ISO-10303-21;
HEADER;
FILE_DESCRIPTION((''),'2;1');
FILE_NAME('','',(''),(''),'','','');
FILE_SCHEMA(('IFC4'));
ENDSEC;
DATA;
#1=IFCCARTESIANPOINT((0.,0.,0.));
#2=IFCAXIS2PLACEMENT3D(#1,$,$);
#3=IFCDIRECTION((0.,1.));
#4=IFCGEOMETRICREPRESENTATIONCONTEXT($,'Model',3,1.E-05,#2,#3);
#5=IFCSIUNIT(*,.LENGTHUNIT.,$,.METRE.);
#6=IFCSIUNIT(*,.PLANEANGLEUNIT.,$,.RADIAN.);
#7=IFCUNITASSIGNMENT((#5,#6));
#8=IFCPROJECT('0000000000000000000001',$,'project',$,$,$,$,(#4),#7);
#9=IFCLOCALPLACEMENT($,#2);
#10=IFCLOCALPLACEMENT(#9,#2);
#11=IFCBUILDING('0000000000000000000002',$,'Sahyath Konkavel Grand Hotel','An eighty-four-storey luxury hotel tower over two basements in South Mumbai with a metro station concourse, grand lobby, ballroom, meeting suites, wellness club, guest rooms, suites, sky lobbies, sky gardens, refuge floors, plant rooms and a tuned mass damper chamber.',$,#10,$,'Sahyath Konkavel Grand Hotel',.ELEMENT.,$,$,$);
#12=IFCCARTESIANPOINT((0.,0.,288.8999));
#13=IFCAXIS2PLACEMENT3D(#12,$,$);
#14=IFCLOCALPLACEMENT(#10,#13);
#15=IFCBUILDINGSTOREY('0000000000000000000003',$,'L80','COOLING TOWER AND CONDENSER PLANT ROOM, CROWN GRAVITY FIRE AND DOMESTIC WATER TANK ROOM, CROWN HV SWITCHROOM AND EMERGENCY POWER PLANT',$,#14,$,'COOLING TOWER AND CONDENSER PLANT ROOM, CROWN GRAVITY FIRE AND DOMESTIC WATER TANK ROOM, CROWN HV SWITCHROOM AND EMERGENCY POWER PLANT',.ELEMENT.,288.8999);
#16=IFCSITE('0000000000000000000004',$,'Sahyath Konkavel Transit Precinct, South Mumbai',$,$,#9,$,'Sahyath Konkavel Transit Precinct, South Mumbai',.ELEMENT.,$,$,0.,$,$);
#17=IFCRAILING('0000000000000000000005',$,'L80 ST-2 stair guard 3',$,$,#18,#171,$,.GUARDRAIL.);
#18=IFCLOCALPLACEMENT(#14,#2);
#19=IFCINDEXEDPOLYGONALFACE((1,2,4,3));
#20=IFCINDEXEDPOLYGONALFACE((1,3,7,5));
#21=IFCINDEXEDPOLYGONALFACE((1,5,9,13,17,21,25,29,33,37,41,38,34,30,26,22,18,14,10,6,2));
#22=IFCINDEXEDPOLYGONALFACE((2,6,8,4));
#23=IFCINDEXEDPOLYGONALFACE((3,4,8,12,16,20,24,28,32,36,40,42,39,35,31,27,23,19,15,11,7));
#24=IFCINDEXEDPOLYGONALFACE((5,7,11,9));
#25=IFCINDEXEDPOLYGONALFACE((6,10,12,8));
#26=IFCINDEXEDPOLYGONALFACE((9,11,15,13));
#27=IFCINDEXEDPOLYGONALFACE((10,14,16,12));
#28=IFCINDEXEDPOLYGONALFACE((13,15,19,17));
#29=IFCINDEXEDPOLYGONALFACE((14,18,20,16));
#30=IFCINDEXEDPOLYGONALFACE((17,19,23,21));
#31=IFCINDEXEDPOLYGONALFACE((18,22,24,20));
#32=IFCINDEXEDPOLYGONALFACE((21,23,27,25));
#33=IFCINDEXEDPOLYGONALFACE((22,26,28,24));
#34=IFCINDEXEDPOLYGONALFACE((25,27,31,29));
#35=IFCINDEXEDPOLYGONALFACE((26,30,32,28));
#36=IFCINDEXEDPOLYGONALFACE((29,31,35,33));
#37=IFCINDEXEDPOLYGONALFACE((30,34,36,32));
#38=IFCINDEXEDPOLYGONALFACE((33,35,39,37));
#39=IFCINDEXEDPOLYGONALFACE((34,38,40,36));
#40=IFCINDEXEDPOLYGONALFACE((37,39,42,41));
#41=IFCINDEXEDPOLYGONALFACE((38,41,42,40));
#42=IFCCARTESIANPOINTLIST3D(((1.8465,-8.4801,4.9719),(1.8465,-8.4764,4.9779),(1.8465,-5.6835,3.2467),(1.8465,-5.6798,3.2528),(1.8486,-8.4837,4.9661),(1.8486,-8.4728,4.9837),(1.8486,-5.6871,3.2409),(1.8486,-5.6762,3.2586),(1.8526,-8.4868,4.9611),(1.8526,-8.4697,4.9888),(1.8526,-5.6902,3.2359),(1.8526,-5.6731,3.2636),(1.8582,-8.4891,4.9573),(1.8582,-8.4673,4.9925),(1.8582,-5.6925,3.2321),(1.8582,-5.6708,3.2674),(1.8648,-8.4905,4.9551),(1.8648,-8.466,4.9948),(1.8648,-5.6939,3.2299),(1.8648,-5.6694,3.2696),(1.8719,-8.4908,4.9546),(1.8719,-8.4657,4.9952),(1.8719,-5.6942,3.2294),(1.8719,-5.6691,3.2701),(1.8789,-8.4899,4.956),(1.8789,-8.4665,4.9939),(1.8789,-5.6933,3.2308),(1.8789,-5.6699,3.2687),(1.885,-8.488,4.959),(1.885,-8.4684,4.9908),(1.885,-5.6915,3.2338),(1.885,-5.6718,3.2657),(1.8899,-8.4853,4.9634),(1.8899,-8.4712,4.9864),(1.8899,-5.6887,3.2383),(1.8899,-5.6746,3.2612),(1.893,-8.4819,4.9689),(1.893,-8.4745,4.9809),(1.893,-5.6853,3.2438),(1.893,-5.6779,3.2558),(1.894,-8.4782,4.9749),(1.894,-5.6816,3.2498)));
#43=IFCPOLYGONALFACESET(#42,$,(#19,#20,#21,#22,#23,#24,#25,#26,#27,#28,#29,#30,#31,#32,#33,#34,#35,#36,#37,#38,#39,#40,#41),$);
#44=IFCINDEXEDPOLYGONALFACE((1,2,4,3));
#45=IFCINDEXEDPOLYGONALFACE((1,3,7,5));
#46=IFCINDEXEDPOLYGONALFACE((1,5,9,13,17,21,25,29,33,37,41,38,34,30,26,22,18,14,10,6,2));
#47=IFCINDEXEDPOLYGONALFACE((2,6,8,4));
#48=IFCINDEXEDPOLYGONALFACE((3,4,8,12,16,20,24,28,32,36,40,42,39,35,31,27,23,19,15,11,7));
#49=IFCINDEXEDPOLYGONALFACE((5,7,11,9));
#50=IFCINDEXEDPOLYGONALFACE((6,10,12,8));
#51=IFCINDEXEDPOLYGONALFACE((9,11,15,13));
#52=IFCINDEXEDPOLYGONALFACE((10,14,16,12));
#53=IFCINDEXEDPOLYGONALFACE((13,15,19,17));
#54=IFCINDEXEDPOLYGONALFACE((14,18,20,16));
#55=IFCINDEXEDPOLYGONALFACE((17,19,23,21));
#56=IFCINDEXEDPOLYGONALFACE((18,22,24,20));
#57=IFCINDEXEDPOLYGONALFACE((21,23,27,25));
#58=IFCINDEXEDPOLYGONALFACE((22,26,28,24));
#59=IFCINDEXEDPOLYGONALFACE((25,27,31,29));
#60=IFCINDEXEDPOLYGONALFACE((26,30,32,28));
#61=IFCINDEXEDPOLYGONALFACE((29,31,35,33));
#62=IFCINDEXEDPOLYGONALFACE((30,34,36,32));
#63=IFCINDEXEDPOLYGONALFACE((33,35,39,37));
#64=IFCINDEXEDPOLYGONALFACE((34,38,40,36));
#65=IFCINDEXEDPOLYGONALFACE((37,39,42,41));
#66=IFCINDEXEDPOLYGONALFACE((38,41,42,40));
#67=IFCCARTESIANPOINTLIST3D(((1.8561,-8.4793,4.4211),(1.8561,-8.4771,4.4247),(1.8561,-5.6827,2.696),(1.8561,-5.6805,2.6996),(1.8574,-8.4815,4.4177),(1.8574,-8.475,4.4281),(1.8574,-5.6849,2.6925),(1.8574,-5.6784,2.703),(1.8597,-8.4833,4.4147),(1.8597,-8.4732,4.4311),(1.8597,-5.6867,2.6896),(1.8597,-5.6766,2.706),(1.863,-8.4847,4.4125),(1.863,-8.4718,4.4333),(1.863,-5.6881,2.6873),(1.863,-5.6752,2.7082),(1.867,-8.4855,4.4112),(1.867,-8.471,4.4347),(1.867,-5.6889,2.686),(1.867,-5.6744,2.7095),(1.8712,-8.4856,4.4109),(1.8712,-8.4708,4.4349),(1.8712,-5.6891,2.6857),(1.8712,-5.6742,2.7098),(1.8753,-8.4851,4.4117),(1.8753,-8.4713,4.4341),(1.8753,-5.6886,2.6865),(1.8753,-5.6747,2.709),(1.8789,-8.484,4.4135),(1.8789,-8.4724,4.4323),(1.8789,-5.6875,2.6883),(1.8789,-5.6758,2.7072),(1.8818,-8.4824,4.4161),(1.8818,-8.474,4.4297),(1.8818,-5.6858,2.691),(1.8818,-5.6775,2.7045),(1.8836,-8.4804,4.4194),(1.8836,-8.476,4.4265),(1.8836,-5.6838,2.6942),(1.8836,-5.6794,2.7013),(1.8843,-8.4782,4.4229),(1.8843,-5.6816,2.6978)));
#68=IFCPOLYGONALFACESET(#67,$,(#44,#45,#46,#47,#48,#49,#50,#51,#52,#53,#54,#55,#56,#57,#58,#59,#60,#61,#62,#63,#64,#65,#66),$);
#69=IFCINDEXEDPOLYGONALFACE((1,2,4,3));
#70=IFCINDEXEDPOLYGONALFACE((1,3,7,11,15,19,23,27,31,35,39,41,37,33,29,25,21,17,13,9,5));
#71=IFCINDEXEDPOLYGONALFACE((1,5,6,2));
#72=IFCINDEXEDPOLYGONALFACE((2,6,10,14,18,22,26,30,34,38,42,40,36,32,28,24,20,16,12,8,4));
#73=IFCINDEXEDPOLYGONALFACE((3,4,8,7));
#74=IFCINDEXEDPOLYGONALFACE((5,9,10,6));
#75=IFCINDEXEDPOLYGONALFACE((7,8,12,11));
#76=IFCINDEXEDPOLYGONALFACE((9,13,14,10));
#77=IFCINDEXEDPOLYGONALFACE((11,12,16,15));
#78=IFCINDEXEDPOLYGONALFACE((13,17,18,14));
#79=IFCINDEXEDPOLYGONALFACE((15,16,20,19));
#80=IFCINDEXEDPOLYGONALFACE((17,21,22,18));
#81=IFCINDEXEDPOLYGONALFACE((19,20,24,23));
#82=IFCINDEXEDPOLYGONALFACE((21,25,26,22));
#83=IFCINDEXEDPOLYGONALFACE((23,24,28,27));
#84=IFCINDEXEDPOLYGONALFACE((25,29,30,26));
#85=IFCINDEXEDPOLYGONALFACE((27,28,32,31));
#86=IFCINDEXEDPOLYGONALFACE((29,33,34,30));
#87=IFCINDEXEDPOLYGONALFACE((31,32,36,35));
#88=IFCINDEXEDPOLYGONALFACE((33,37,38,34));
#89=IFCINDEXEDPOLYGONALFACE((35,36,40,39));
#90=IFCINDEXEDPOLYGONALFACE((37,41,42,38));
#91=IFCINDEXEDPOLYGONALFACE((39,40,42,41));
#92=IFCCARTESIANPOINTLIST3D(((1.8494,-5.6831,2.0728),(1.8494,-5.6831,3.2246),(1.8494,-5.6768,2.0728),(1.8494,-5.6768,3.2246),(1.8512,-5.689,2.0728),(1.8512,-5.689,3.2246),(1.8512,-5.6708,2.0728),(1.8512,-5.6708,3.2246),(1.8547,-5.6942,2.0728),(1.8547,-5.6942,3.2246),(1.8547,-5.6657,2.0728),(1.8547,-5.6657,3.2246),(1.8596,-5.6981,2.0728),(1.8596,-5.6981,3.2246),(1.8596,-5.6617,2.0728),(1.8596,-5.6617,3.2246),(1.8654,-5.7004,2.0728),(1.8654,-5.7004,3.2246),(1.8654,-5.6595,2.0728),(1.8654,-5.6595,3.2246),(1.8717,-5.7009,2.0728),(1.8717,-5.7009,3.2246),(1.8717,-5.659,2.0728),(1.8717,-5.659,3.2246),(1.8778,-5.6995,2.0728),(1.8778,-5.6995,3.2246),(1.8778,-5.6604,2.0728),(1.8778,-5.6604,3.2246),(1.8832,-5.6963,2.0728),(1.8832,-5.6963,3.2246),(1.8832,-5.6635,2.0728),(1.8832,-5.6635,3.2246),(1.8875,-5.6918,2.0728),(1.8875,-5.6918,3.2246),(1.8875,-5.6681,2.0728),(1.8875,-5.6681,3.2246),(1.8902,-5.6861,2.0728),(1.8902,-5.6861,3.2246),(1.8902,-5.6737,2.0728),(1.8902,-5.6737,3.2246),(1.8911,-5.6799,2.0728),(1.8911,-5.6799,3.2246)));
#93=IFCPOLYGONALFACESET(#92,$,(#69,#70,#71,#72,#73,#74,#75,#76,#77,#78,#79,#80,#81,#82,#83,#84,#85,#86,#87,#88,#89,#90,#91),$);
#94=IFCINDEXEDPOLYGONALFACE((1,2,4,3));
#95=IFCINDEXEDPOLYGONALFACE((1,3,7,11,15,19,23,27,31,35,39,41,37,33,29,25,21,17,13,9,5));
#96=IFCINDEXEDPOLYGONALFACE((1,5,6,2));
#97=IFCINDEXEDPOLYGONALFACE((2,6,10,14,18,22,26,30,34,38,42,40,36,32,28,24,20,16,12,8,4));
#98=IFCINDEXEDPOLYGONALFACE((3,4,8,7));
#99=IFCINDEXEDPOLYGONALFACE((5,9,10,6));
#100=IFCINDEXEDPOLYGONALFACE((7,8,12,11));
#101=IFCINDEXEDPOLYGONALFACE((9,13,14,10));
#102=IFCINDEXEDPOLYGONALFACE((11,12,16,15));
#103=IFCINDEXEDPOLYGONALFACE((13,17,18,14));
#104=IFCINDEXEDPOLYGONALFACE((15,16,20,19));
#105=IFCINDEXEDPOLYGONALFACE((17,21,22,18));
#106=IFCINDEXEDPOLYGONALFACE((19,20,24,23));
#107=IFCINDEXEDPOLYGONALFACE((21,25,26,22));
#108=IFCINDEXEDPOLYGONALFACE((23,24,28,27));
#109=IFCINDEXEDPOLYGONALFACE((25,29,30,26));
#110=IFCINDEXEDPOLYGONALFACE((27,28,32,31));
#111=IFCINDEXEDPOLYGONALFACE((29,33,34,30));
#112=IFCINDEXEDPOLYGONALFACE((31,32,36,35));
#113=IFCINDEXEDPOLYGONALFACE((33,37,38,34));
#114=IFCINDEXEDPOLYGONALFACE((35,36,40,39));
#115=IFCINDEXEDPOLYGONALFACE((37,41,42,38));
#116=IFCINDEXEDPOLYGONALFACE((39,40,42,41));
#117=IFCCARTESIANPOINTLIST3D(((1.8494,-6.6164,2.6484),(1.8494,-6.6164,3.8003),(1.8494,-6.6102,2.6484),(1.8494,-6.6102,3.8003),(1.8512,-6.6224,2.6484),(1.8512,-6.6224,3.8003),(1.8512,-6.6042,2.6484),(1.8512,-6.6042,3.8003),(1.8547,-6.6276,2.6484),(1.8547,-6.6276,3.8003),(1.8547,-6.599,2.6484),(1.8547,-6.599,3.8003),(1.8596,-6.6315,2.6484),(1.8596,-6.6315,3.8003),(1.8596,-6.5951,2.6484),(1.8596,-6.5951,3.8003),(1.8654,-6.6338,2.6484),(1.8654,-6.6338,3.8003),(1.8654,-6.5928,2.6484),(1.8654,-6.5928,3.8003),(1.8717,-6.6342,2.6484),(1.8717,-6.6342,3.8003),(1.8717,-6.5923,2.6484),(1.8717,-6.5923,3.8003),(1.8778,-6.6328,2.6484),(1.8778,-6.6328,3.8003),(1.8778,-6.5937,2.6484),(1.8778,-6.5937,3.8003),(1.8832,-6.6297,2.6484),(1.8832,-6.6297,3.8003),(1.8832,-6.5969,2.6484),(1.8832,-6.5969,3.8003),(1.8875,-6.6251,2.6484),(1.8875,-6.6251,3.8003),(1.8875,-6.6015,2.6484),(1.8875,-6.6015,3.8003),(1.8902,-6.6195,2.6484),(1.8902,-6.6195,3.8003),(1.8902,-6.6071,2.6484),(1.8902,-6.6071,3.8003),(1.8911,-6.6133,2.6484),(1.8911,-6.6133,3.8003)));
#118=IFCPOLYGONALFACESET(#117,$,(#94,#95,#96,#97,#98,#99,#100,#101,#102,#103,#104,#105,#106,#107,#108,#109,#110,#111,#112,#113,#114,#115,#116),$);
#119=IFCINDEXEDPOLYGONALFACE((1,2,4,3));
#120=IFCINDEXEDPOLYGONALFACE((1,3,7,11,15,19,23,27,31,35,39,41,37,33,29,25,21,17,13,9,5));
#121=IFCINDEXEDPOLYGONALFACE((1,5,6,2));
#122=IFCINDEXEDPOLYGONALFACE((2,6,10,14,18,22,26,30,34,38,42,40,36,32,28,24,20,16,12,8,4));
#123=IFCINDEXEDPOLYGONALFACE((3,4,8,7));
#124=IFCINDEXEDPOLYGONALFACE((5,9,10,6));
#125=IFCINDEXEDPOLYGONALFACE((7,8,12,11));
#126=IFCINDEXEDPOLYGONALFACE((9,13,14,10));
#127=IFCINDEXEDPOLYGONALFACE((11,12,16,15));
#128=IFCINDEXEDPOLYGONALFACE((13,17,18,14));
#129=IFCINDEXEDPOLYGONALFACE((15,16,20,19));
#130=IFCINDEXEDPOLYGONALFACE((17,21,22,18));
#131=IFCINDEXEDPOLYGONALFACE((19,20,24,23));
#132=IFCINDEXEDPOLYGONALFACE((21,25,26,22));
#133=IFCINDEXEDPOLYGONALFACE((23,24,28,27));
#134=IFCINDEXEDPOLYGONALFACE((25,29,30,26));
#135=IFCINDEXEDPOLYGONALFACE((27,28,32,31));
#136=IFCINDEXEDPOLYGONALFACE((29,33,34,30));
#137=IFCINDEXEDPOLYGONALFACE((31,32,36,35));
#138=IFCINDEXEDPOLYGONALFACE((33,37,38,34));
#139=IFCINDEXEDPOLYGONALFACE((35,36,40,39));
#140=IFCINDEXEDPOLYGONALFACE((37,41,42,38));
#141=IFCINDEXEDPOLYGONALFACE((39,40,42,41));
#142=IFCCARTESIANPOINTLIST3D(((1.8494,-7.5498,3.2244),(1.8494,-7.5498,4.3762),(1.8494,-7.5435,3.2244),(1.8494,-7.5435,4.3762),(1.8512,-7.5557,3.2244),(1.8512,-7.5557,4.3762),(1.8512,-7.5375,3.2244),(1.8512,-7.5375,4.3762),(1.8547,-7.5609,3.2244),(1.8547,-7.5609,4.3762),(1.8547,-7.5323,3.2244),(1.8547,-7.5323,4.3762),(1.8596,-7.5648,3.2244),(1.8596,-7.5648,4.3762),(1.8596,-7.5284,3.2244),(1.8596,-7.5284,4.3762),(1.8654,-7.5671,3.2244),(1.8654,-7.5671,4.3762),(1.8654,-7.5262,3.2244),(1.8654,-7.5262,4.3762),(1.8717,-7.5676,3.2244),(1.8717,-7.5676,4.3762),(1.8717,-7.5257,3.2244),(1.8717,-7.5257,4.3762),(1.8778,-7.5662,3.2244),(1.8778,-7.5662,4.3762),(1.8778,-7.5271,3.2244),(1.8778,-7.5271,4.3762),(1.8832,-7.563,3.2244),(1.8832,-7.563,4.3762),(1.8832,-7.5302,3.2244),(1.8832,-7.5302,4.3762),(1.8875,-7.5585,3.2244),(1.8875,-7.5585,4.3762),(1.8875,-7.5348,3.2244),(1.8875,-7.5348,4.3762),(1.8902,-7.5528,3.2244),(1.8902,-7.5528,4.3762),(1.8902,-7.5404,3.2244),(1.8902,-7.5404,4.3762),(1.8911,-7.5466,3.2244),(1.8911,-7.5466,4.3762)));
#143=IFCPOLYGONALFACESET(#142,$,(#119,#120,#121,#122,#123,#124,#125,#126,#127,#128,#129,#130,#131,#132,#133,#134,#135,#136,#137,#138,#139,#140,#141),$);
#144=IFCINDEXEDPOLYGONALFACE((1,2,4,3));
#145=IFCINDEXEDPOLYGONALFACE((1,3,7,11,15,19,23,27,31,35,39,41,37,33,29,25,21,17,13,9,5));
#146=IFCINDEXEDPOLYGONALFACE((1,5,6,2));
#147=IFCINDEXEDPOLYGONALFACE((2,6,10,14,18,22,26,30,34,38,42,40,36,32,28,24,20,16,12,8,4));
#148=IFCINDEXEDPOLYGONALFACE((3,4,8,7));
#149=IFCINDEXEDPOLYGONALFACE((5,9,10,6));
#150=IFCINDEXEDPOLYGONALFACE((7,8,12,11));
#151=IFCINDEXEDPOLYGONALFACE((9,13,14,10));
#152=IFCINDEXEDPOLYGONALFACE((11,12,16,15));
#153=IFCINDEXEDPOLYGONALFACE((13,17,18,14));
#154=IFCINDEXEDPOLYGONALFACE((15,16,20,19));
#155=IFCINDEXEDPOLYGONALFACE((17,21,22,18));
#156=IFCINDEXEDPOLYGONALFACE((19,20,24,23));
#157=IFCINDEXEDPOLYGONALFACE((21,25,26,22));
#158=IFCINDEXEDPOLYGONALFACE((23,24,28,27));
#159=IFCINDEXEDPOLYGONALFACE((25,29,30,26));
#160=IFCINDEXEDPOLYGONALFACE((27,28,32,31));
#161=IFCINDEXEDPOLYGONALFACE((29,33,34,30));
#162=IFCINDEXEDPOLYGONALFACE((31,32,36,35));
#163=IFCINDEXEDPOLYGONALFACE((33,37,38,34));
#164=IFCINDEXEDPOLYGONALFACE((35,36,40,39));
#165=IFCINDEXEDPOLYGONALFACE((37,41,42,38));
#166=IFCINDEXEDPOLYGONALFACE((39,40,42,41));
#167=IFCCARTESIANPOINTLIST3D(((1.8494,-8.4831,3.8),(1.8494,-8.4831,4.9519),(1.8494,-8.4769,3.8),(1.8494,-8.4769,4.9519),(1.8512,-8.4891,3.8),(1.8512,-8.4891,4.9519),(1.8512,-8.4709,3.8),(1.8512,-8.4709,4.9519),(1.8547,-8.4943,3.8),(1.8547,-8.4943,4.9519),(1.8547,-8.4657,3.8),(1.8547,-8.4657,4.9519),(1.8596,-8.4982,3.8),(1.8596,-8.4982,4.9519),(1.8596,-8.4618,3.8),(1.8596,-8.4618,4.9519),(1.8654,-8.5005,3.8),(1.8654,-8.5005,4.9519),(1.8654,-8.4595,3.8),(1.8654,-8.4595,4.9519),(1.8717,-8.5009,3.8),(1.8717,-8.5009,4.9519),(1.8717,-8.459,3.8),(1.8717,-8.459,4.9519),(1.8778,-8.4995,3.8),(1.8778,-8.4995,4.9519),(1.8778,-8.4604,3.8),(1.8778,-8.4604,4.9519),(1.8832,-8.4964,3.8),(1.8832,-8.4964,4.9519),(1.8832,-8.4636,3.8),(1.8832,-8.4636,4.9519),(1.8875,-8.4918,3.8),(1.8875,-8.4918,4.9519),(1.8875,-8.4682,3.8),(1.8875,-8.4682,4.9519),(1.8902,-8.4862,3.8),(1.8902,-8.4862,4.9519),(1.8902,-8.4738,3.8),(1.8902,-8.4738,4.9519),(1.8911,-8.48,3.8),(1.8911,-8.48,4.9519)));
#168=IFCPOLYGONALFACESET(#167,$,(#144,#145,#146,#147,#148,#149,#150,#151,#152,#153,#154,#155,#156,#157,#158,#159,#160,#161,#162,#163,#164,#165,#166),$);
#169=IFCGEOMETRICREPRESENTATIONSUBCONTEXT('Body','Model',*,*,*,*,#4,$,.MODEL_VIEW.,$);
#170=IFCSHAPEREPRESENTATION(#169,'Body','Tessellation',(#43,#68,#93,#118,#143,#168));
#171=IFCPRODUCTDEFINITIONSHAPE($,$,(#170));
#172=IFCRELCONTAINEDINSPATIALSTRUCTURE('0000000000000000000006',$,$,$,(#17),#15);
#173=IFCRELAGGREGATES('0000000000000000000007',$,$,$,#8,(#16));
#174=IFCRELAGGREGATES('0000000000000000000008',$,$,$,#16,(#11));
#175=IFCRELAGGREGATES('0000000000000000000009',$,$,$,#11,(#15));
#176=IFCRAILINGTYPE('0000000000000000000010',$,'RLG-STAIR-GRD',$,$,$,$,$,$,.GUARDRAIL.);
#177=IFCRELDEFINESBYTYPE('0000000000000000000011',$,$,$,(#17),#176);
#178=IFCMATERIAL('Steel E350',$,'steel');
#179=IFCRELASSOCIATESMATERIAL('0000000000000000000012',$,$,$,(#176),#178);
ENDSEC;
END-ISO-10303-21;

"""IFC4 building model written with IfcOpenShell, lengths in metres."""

from ifc_helpers import new_model, si_unit, direction, frame, origin, origin_2d, place, context, subcontext, project, spatial, circle, extrude, material, type_object, element, save


model = new_model("IFC4")

# Units and contexts
model_context = context("Model", 3, precision=1e-05, world=origin(), true_north=direction((0.0, 1.0)))
body_context = subcontext(model_context, "Body", "Model", "MODEL_VIEW")
ifc_project = project(units=[si_unit("LENGTHUNIT", "METRE"), si_unit("PLANEANGLEUNIT", "RADIAN")], contexts=[model_context])

# Site, building, storey
site_placement = place(None, origin())
site = spatial("IfcSite", under=ifc_project, at=site_placement, Name="Sahyath Konkavel Transit Precinct, South Mumbai", LongName="Sahyath Konkavel Transit Precinct, South Mumbai", CompositionType="ELEMENT", RefElevation=0.0)
building_placement = place(site_placement, origin())
building = spatial("IfcBuilding", under=site, at=building_placement, Name="Sahyath Konkavel Grand Hotel", Description="An eighty-four-storey luxury hotel tower over two basements in South Mumbai with a metro station concourse, grand lobby, ballroom, meeting suites, wellness club, guest rooms, suites, sky lobbies, sky gardens, refuge floors, plant rooms and a tuned mass damper chamber.", LongName="Sahyath Konkavel Grand Hotel", CompositionType="ELEMENT")
storey_placement = place(building_placement, frame((0.0, 0.0, 288.8999)))
storey = spatial("IfcBuildingStorey", under=building, at=storey_placement, Name="L80", Description="COOLING TOWER AND CONDENSER PLANT ROOM, CROWN GRAVITY FIRE AND DOMESTIC WATER TANK ROOM, CROWN HV SWITCHROOM AND EMERGENCY POWER PLANT", LongName="COOLING TOWER AND CONDENSER PLANT ROOM, CROWN GRAVITY FIRE AND DOMESTIC WATER TANK ROOM, CROWN HV SWITCHROOM AND EMERGENCY POWER PLANT", CompositionType="ELEMENT", Elevation=288.8999)

# Shared definitions
ifc_material_1 = material(Name="Steel E350", Category="steel")

# Railing
railing_type_1 = type_object("IfcRailingType", Name="RLG-STAIR-GRD", PredefinedType="GUARDRAIL", material=ifc_material_1)
railing_1_placement = place(storey_placement, frame((1.8701, -5.6799, 2.0728)))
element("IfcRailing", 1, at=railing_1_placement, inside=storey, type_object=railing_type_1, Name="L80 ST-2 stair guard 3", PredefinedType="GUARDRAIL", context=body_context, shape_type="SweptSolid", body=[
    extrude(circle(Radius=0.0239, at=origin_2d()), frame((0.0, -0.0017, 1.177), z_axis=(0.0, -0.85109, 0.52502), x_axis=(1.0, 0.0, 0.0)), (0.0, 0.0, 1.0), 3.2859),
    extrude(circle(Radius=0.0142, at=origin_2d()), frame((0.0, -0.0017, 0.625), z_axis=(0.0, -0.85109, 0.52502), x_axis=(1.0, 0.0, 0.0)), (0.0, 0.0, 1.0), 3.2859),
    extrude(circle(Radius=0.021, at=origin_2d()), origin(), (0.0, 0.0, 1.0), 1.1519),
    extrude(circle(Radius=0.021, at=origin_2d()), frame((0.0, -0.9333, 0.5757)), (0.0, 0.0, 1.0), 1.1519),
    extrude(circle(Radius=0.021, at=origin_2d()), frame((0.0, -1.8667, 1.1516)), (0.0, 0.0, 1.0), 1.1519),
    extrude(circle(Radius=0.021, at=origin_2d()), frame((0.0, -2.8, 1.7273)), (0.0, 0.0, 1.0), 1.1519),
])

save(model, "model.ifc")
